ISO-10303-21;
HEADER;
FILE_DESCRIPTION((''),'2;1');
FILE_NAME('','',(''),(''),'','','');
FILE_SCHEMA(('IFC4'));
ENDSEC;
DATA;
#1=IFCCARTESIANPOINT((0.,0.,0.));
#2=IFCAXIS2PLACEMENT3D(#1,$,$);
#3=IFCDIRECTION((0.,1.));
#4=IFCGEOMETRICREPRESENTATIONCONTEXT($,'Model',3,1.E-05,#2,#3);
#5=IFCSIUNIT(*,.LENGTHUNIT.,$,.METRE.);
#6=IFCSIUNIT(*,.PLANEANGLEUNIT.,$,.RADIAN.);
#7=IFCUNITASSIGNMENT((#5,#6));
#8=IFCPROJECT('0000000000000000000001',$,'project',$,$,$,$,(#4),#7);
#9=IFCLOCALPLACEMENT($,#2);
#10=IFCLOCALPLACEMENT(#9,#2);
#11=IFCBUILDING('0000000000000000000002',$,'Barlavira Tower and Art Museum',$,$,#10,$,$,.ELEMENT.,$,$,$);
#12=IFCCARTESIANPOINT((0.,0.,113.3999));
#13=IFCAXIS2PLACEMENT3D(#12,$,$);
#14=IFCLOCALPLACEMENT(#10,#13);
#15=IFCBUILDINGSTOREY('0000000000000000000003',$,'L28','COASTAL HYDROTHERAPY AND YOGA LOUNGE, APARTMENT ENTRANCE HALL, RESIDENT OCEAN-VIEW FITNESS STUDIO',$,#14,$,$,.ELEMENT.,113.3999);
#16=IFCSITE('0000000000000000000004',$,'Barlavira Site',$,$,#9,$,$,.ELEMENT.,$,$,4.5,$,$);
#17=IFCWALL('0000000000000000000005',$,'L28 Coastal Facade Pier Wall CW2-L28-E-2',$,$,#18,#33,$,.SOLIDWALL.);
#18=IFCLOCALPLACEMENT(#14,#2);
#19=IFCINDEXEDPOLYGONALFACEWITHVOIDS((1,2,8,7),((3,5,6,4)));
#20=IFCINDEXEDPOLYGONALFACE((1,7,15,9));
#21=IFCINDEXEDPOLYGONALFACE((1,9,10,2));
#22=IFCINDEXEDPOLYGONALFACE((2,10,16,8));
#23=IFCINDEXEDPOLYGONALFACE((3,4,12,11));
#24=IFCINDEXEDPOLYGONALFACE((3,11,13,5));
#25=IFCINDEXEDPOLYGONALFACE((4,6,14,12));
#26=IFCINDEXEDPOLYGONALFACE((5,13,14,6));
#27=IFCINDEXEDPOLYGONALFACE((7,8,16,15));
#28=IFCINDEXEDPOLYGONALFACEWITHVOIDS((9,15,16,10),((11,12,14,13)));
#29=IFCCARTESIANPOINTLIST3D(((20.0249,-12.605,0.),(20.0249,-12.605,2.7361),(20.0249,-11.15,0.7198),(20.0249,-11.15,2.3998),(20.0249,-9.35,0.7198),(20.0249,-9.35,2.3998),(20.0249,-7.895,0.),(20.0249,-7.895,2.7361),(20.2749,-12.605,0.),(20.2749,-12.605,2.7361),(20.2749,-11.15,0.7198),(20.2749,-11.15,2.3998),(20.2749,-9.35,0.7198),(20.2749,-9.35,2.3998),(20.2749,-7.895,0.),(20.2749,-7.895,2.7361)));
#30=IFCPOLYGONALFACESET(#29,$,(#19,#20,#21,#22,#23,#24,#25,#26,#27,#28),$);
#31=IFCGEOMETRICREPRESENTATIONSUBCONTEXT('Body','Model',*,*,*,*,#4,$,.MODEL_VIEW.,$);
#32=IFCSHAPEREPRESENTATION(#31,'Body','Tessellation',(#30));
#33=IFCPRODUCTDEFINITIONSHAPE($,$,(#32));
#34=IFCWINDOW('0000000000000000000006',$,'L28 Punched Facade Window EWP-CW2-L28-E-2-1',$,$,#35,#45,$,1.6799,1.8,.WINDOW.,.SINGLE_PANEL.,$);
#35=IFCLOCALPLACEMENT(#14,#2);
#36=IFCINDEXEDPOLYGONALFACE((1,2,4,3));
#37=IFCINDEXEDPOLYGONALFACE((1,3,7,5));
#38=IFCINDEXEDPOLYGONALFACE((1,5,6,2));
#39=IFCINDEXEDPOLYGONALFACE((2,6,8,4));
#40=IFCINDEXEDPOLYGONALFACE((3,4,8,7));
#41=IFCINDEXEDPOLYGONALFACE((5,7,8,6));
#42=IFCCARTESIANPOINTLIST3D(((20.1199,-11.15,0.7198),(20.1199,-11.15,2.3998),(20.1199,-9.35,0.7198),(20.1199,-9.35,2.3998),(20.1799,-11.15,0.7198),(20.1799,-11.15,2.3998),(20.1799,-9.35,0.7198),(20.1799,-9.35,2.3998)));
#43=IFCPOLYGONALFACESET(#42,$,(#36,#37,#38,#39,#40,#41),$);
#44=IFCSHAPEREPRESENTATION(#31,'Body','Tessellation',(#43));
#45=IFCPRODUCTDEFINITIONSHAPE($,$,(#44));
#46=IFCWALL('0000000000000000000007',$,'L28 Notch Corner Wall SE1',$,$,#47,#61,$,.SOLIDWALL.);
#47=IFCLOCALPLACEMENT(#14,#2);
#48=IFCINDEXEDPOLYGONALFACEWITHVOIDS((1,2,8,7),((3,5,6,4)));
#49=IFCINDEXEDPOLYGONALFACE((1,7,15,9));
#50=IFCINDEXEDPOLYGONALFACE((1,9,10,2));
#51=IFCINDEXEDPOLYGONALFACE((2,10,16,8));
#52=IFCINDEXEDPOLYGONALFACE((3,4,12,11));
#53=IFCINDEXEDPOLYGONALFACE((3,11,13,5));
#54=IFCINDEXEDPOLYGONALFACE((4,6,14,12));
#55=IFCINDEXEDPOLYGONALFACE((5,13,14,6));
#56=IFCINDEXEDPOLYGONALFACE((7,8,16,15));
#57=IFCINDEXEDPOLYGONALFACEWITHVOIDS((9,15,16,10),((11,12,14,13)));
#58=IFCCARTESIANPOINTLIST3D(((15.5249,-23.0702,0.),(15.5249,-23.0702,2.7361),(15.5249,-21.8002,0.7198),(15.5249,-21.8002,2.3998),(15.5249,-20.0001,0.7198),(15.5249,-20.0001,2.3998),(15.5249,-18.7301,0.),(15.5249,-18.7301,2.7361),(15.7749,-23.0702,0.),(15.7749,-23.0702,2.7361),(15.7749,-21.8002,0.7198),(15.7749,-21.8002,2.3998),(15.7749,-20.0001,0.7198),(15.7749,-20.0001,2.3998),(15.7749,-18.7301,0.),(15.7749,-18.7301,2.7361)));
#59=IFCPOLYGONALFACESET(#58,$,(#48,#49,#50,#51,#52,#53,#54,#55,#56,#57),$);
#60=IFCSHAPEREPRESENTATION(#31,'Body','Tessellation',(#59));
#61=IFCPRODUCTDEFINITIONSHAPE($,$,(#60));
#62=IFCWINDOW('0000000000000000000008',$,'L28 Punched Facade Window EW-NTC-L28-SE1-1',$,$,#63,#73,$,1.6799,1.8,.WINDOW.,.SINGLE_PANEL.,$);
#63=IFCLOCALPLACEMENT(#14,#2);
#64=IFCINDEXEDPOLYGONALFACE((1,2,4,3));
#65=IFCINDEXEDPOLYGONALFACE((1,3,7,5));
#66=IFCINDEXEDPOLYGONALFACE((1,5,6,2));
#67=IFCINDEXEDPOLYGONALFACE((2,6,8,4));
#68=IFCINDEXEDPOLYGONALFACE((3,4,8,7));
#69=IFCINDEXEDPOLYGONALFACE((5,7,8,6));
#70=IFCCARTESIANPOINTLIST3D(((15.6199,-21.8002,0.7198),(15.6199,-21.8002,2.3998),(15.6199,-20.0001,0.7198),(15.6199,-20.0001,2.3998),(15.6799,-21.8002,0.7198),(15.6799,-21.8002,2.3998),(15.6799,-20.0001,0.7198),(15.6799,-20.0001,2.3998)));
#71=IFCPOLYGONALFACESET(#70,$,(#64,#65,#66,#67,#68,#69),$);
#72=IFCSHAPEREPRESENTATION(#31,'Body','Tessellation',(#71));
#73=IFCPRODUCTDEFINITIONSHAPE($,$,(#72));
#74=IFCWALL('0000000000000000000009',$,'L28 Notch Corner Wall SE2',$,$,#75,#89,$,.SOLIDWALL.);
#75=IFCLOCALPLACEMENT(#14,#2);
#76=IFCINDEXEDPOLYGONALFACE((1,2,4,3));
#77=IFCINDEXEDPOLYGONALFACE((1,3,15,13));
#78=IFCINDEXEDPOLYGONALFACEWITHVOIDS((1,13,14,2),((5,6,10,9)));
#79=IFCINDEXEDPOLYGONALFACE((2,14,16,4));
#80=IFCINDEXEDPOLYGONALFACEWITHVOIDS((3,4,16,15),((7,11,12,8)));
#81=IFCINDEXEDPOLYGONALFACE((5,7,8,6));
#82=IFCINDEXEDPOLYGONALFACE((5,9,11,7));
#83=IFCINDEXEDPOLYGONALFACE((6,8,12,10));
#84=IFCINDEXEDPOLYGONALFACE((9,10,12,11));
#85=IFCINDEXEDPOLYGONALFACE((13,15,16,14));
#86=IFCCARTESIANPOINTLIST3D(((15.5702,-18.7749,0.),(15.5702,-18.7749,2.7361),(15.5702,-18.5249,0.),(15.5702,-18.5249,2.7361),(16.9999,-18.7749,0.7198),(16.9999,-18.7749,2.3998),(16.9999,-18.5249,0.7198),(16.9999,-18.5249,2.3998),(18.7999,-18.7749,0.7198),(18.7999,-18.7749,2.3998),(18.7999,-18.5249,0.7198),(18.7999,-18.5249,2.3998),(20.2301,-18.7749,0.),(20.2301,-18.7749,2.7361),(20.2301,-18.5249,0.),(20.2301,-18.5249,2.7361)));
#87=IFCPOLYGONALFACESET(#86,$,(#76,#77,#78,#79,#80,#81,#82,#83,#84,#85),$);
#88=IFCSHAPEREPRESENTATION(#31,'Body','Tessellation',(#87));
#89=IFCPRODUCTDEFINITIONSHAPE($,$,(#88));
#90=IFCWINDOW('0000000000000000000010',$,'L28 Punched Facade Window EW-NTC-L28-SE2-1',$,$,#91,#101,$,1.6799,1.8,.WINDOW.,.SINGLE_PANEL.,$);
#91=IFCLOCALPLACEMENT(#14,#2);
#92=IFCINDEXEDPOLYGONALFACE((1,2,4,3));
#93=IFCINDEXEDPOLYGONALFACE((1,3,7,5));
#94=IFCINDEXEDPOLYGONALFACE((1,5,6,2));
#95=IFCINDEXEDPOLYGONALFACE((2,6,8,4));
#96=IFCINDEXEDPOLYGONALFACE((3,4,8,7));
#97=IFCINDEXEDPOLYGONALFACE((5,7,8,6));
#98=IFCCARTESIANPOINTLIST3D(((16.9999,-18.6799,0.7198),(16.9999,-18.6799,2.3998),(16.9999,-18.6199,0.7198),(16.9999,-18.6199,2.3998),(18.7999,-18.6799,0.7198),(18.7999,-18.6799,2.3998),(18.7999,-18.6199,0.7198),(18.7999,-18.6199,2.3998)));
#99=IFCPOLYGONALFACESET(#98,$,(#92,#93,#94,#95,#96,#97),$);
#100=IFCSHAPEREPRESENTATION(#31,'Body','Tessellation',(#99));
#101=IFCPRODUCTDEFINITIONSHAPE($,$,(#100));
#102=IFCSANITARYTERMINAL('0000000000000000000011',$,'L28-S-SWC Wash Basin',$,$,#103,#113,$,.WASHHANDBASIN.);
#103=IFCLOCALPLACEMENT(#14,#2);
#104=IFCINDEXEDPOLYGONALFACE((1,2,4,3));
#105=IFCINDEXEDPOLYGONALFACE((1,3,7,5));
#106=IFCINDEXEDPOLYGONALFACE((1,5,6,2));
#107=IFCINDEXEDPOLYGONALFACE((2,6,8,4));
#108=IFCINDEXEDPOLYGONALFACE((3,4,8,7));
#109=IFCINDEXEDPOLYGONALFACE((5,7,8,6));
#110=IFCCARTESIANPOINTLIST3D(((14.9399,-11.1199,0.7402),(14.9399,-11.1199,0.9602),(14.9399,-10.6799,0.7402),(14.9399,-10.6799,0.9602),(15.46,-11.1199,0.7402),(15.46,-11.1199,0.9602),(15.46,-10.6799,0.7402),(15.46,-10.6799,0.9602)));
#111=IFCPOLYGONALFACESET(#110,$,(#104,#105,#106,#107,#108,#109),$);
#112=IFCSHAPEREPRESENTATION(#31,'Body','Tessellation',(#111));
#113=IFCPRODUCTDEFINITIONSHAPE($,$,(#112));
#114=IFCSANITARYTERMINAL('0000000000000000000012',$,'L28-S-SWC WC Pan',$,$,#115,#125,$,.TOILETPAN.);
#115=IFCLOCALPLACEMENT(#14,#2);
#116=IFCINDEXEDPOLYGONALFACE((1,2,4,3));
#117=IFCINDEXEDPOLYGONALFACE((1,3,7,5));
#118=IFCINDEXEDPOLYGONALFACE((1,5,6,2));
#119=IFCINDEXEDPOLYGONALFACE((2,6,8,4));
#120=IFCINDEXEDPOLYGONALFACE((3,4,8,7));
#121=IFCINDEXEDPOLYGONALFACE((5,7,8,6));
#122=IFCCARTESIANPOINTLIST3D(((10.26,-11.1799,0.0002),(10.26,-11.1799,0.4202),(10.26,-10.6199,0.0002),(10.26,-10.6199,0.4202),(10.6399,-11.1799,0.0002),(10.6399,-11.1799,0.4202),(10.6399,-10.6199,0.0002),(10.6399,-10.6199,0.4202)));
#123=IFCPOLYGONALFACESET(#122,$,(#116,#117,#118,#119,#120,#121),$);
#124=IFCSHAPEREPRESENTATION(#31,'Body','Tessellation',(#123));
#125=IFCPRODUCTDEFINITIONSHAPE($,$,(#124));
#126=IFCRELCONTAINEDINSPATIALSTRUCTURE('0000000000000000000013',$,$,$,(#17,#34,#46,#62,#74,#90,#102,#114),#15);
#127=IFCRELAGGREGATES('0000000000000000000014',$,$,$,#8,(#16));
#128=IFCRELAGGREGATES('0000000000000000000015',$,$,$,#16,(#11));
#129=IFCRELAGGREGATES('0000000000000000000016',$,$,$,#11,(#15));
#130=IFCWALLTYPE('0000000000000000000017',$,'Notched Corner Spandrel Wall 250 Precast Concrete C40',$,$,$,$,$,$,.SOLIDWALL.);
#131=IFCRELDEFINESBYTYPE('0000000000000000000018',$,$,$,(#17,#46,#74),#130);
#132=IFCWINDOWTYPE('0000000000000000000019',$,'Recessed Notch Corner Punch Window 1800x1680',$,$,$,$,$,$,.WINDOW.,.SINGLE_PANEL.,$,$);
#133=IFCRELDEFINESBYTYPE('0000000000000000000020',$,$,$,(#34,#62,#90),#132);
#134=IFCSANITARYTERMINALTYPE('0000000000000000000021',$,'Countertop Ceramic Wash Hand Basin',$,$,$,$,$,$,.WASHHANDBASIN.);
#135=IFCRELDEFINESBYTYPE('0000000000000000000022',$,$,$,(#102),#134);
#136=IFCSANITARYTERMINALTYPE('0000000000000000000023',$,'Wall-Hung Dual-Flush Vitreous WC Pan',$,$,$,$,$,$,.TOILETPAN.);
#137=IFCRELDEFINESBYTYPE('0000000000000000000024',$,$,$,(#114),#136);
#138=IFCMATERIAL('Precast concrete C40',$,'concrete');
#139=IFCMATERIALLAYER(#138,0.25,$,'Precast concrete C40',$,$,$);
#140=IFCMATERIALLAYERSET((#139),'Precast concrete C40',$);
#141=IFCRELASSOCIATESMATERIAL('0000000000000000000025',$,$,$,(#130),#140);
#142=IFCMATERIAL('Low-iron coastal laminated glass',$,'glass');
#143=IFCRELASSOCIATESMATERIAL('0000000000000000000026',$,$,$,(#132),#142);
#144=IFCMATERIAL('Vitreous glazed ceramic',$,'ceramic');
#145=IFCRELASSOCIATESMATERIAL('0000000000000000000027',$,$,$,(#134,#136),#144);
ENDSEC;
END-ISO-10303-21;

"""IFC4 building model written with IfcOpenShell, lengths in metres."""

from ifc_helpers import new_model, si_unit, direction, frame, frame_2d, origin, origin_2d, place, context, subcontext, project, spatial, rectangle, extrude, material, layer, layer_set, type_object, element, fill, save


model = new_model("IFC4")

# Units and contexts
model_context = context("Model", 3, precision=1e-05, world=origin(), true_north=direction((0.0, 1.0)))
body_context = subcontext(model_context, "Body", "Model", "MODEL_VIEW")
ifc_project = project(units=[si_unit("LENGTHUNIT", "METRE"), si_unit("PLANEANGLEUNIT", "RADIAN")], contexts=[model_context])

# Site, building, storey
site_placement = place(None, origin())
site = spatial("IfcSite", under=ifc_project, at=site_placement, Name="Barlavira Site", CompositionType="ELEMENT", RefElevation=4.5)
building_placement = place(site_placement, origin())
building = spatial("IfcBuilding", under=site, at=building_placement, Name="Barlavira Tower and Art Museum", CompositionType="ELEMENT")
storey_placement = place(building_placement, frame((0.0, 0.0, 113.3999)))
storey = spatial("IfcBuildingStorey", under=building, at=storey_placement, Name="L28", Description="COASTAL HYDROTHERAPY AND YOGA LOUNGE, APARTMENT ENTRANCE HALL, RESIDENT OCEAN-VIEW FITNESS STUDIO", CompositionType="ELEMENT", Elevation=113.3999)

# Walls, openings, windows
ifc_material_1 = material(Name="Precast concrete C40", Category="concrete")
ifc_layer_1 = layer(ifc_material_1, 0.25, Name="Precast concrete C40")
ifc_layer_set_1 = layer_set([ifc_layer_1], Name="Precast concrete C40")
wall_type_1 = type_object("IfcWallType", Name="Notched Corner Spandrel Wall 250 Precast Concrete C40", PredefinedType="SOLIDWALL", material=ifc_layer_set_1)
ifc_material_2 = material(Name="Low-iron coastal laminated glass", Category="glass")
window_type = type_object("IfcWindowType", Name="Recessed Notch Corner Punch Window 1800x1680", PartitioningType="SINGLE_PANEL", PredefinedType="WINDOW", material=ifc_material_2)
wall_1_placement = place(storey_placement, frame((20.1499, -12.605, 0.0), z_axis=(0.0, 0.0, 1.0), x_axis=(0.0, 1.0, 0.0)))
wall_1 = element("IfcWall", 1, at=wall_1_placement, inside=storey, type_object=wall_type_1, Name="L28 Coastal Facade Pier Wall CW2-L28-E-2", PredefinedType="SOLIDWALL", context=body_context, shape_type="SweptSolid", body=[
    extrude(rectangle(XDim=4.71, YDim=0.25, at=frame_2d((2.355, 0.0))), origin(), (0.0, 0.0, 1.0), 2.7361),
])
opening_1_placement = place(wall_1_placement, frame((1.4551, 0.0, 0.72)))
opening_1 = element("IfcOpeningElement", 2, at=opening_1_placement, cuts=wall_1, PredefinedType="OPENING", context=body_context, shape_type="SweptSolid", body=[
    extrude(rectangle(XDim=1.8, YDim=1.6799, at=frame_2d((0.8999, 0.8398))), frame((0.0, 0.135, 0.0), z_axis=(0.0, -1.0, 0.0), x_axis=(1.0, 0.0, 0.0)), (0.0, 0.0, 1.0), 0.27),
])
window_1_placement = place(opening_1_placement, origin())
window_1 = element("IfcWindow", 3, at=window_1_placement, inside=storey, type_object=window_type, Name="L28 Punched Facade Window EWP-CW2-L28-E-2-1", OverallHeight=1.6799, OverallWidth=1.8, PartitioningType="SINGLE_PANEL", PredefinedType="WINDOW", context=body_context, shape_type="SweptSolid", body=[
    extrude(rectangle(XDim=1.8, YDim=1.6799, at=frame_2d((0.8999, 0.8398))), frame((0.0, 0.03, 0.0), z_axis=(0.0, -1.0, 0.0), x_axis=(1.0, 0.0, 0.0)), (0.0, 0.0, 1.0), 0.0601),
])
fill(opening_1, window_1)
wall_2_placement = place(storey_placement, frame((15.6499, -23.0701, 0.0), z_axis=(0.0, 0.0, 1.0), x_axis=(0.0, 1.0, 0.0)))
wall_2 = element("IfcWall", 4, at=wall_2_placement, inside=storey, type_object=wall_type_1, Name="L28 Notch Corner Wall SE1", PredefinedType="SOLIDWALL", context=body_context, shape_type="SweptSolid", body=[
    extrude(rectangle(XDim=4.3401, YDim=0.25, at=frame_2d((2.1699, 0.0))), origin(), (0.0, 0.0, 1.0), 2.7361),
])
opening_2_placement = place(wall_2_placement, frame((1.27, 0.0, 0.72)))
opening_2 = element("IfcOpeningElement", 5, at=opening_2_placement, cuts=wall_2, PredefinedType="OPENING", context=body_context, shape_type="SweptSolid", body=[
    extrude(rectangle(XDim=1.8, YDim=1.6799, at=frame_2d((0.8999, 0.8398))), frame((0.0, 0.135, 0.0), z_axis=(0.0, -1.0, 0.0), x_axis=(1.0, 0.0, 0.0)), (0.0, 0.0, 1.0), 0.27),
])
window_2_placement = place(opening_2_placement, origin())
window_2 = element("IfcWindow", 6, at=window_2_placement, inside=storey, type_object=window_type, Name="L28 Punched Facade Window EW-NTC-L28-SE1-1", OverallHeight=1.6799, OverallWidth=1.8, PartitioningType="SINGLE_PANEL", PredefinedType="WINDOW", context=body_context, shape_type="SweptSolid", body=[
    extrude(rectangle(XDim=1.8, YDim=1.6799, at=frame_2d((0.8999, 0.8398))), frame((0.0, 0.03, 0.0), z_axis=(0.0, -1.0, 0.0), x_axis=(1.0, 0.0, 0.0)), (0.0, 0.0, 1.0), 0.0601),
])
fill(opening_2, window_2)
wall_3_placement = place(storey_placement, frame((15.5701, -18.6499, 0.0), z_axis=(0.0, 0.0, 1.0), x_axis=(1.0, 0.0, 0.0)))
wall_3 = element("IfcWall", 7, at=wall_3_placement, inside=storey, type_object=wall_type_1, Name="L28 Notch Corner Wall SE2", PredefinedType="SOLIDWALL", context=body_context, shape_type="SweptSolid", body=[
    extrude(rectangle(XDim=4.6599, YDim=0.25, at=frame_2d((2.3301, 0.0))), origin(), (0.0, 0.0, 1.0), 2.7361),
])
opening_3_placement = place(wall_3_placement, frame((1.4299, 0.0, 0.72)))
opening_3 = element("IfcOpeningElement", 8, at=opening_3_placement, cuts=wall_3, PredefinedType="OPENING", context=body_context, shape_type="SweptSolid", body=[
    extrude(rectangle(XDim=1.8, YDim=1.6799, at=frame_2d((0.8999, 0.8398))), frame((0.0, 0.135, 0.0), z_axis=(0.0, -1.0, 0.0), x_axis=(1.0, 0.0, 0.0)), (0.0, 0.0, 1.0), 0.27),
])
window_3_placement = place(opening_3_placement, origin())
window_3 = element("IfcWindow", 9, at=window_3_placement, inside=storey, type_object=window_type, Name="L28 Punched Facade Window EW-NTC-L28-SE2-1", OverallHeight=1.6799, OverallWidth=1.8, PartitioningType="SINGLE_PANEL", PredefinedType="WINDOW", context=body_context, shape_type="SweptSolid", body=[
    extrude(rectangle(XDim=1.8, YDim=1.6799, at=frame_2d((0.8999, 0.8398))), frame((0.0, 0.03, 0.0), z_axis=(0.0, -1.0, 0.0), x_axis=(1.0, 0.0, 0.0)), (0.0, 0.0, 1.0), 0.0601),
])
fill(opening_3, window_3)

# Sanitary terminals
ifc_material_3 = material(Name="Vitreous glazed ceramic", Category="ceramic")
sanitary_terminal_type_1 = type_object("IfcSanitaryTerminalType", Name="Countertop Ceramic Wash Hand Basin", PredefinedType="WASHHANDBASIN", material=ifc_material_3)
sanitary_terminal_1_placement = place(storey_placement, frame((15.2, -10.8999, 0.7402), z_axis=(0.0, 0.0, 1.0), x_axis=(1.0, 0.0, 0.0)))
element("IfcSanitaryTerminal", 10, at=sanitary_terminal_1_placement, inside=storey, type_object=sanitary_terminal_type_1, Name="L28-S-SWC Wash Basin", PredefinedType="WASHHANDBASIN", context=body_context, shape_type="SweptSolid", body=[
    extrude(rectangle(XDim=0.52, YDim=0.4399, at=origin_2d()), origin(), (0.0, 0.0, 1.0), 0.22),
])
sanitary_terminal_type_2 = type_object("IfcSanitaryTerminalType", Name="Wall-Hung Dual-Flush Vitreous WC Pan", PredefinedType="TOILETPAN", material=ifc_material_3)
sanitary_terminal_2_placement = place(storey_placement, frame((10.45, -10.8999, 0.0002), z_axis=(0.0, 0.0, 1.0), x_axis=(1.0, 0.0, 0.0)))
element("IfcSanitaryTerminal", 11, at=sanitary_terminal_2_placement, inside=storey, type_object=sanitary_terminal_type_2, Name="L28-S-SWC WC Pan", PredefinedType="TOILETPAN", context=body_context, shape_type="SweptSolid", body=[
    extrude(rectangle(XDim=0.3799, YDim=0.5601, at=origin_2d()), origin(), (0.0, 0.0, 1.0), 0.4199),
])

save(model, "model.ifc")
